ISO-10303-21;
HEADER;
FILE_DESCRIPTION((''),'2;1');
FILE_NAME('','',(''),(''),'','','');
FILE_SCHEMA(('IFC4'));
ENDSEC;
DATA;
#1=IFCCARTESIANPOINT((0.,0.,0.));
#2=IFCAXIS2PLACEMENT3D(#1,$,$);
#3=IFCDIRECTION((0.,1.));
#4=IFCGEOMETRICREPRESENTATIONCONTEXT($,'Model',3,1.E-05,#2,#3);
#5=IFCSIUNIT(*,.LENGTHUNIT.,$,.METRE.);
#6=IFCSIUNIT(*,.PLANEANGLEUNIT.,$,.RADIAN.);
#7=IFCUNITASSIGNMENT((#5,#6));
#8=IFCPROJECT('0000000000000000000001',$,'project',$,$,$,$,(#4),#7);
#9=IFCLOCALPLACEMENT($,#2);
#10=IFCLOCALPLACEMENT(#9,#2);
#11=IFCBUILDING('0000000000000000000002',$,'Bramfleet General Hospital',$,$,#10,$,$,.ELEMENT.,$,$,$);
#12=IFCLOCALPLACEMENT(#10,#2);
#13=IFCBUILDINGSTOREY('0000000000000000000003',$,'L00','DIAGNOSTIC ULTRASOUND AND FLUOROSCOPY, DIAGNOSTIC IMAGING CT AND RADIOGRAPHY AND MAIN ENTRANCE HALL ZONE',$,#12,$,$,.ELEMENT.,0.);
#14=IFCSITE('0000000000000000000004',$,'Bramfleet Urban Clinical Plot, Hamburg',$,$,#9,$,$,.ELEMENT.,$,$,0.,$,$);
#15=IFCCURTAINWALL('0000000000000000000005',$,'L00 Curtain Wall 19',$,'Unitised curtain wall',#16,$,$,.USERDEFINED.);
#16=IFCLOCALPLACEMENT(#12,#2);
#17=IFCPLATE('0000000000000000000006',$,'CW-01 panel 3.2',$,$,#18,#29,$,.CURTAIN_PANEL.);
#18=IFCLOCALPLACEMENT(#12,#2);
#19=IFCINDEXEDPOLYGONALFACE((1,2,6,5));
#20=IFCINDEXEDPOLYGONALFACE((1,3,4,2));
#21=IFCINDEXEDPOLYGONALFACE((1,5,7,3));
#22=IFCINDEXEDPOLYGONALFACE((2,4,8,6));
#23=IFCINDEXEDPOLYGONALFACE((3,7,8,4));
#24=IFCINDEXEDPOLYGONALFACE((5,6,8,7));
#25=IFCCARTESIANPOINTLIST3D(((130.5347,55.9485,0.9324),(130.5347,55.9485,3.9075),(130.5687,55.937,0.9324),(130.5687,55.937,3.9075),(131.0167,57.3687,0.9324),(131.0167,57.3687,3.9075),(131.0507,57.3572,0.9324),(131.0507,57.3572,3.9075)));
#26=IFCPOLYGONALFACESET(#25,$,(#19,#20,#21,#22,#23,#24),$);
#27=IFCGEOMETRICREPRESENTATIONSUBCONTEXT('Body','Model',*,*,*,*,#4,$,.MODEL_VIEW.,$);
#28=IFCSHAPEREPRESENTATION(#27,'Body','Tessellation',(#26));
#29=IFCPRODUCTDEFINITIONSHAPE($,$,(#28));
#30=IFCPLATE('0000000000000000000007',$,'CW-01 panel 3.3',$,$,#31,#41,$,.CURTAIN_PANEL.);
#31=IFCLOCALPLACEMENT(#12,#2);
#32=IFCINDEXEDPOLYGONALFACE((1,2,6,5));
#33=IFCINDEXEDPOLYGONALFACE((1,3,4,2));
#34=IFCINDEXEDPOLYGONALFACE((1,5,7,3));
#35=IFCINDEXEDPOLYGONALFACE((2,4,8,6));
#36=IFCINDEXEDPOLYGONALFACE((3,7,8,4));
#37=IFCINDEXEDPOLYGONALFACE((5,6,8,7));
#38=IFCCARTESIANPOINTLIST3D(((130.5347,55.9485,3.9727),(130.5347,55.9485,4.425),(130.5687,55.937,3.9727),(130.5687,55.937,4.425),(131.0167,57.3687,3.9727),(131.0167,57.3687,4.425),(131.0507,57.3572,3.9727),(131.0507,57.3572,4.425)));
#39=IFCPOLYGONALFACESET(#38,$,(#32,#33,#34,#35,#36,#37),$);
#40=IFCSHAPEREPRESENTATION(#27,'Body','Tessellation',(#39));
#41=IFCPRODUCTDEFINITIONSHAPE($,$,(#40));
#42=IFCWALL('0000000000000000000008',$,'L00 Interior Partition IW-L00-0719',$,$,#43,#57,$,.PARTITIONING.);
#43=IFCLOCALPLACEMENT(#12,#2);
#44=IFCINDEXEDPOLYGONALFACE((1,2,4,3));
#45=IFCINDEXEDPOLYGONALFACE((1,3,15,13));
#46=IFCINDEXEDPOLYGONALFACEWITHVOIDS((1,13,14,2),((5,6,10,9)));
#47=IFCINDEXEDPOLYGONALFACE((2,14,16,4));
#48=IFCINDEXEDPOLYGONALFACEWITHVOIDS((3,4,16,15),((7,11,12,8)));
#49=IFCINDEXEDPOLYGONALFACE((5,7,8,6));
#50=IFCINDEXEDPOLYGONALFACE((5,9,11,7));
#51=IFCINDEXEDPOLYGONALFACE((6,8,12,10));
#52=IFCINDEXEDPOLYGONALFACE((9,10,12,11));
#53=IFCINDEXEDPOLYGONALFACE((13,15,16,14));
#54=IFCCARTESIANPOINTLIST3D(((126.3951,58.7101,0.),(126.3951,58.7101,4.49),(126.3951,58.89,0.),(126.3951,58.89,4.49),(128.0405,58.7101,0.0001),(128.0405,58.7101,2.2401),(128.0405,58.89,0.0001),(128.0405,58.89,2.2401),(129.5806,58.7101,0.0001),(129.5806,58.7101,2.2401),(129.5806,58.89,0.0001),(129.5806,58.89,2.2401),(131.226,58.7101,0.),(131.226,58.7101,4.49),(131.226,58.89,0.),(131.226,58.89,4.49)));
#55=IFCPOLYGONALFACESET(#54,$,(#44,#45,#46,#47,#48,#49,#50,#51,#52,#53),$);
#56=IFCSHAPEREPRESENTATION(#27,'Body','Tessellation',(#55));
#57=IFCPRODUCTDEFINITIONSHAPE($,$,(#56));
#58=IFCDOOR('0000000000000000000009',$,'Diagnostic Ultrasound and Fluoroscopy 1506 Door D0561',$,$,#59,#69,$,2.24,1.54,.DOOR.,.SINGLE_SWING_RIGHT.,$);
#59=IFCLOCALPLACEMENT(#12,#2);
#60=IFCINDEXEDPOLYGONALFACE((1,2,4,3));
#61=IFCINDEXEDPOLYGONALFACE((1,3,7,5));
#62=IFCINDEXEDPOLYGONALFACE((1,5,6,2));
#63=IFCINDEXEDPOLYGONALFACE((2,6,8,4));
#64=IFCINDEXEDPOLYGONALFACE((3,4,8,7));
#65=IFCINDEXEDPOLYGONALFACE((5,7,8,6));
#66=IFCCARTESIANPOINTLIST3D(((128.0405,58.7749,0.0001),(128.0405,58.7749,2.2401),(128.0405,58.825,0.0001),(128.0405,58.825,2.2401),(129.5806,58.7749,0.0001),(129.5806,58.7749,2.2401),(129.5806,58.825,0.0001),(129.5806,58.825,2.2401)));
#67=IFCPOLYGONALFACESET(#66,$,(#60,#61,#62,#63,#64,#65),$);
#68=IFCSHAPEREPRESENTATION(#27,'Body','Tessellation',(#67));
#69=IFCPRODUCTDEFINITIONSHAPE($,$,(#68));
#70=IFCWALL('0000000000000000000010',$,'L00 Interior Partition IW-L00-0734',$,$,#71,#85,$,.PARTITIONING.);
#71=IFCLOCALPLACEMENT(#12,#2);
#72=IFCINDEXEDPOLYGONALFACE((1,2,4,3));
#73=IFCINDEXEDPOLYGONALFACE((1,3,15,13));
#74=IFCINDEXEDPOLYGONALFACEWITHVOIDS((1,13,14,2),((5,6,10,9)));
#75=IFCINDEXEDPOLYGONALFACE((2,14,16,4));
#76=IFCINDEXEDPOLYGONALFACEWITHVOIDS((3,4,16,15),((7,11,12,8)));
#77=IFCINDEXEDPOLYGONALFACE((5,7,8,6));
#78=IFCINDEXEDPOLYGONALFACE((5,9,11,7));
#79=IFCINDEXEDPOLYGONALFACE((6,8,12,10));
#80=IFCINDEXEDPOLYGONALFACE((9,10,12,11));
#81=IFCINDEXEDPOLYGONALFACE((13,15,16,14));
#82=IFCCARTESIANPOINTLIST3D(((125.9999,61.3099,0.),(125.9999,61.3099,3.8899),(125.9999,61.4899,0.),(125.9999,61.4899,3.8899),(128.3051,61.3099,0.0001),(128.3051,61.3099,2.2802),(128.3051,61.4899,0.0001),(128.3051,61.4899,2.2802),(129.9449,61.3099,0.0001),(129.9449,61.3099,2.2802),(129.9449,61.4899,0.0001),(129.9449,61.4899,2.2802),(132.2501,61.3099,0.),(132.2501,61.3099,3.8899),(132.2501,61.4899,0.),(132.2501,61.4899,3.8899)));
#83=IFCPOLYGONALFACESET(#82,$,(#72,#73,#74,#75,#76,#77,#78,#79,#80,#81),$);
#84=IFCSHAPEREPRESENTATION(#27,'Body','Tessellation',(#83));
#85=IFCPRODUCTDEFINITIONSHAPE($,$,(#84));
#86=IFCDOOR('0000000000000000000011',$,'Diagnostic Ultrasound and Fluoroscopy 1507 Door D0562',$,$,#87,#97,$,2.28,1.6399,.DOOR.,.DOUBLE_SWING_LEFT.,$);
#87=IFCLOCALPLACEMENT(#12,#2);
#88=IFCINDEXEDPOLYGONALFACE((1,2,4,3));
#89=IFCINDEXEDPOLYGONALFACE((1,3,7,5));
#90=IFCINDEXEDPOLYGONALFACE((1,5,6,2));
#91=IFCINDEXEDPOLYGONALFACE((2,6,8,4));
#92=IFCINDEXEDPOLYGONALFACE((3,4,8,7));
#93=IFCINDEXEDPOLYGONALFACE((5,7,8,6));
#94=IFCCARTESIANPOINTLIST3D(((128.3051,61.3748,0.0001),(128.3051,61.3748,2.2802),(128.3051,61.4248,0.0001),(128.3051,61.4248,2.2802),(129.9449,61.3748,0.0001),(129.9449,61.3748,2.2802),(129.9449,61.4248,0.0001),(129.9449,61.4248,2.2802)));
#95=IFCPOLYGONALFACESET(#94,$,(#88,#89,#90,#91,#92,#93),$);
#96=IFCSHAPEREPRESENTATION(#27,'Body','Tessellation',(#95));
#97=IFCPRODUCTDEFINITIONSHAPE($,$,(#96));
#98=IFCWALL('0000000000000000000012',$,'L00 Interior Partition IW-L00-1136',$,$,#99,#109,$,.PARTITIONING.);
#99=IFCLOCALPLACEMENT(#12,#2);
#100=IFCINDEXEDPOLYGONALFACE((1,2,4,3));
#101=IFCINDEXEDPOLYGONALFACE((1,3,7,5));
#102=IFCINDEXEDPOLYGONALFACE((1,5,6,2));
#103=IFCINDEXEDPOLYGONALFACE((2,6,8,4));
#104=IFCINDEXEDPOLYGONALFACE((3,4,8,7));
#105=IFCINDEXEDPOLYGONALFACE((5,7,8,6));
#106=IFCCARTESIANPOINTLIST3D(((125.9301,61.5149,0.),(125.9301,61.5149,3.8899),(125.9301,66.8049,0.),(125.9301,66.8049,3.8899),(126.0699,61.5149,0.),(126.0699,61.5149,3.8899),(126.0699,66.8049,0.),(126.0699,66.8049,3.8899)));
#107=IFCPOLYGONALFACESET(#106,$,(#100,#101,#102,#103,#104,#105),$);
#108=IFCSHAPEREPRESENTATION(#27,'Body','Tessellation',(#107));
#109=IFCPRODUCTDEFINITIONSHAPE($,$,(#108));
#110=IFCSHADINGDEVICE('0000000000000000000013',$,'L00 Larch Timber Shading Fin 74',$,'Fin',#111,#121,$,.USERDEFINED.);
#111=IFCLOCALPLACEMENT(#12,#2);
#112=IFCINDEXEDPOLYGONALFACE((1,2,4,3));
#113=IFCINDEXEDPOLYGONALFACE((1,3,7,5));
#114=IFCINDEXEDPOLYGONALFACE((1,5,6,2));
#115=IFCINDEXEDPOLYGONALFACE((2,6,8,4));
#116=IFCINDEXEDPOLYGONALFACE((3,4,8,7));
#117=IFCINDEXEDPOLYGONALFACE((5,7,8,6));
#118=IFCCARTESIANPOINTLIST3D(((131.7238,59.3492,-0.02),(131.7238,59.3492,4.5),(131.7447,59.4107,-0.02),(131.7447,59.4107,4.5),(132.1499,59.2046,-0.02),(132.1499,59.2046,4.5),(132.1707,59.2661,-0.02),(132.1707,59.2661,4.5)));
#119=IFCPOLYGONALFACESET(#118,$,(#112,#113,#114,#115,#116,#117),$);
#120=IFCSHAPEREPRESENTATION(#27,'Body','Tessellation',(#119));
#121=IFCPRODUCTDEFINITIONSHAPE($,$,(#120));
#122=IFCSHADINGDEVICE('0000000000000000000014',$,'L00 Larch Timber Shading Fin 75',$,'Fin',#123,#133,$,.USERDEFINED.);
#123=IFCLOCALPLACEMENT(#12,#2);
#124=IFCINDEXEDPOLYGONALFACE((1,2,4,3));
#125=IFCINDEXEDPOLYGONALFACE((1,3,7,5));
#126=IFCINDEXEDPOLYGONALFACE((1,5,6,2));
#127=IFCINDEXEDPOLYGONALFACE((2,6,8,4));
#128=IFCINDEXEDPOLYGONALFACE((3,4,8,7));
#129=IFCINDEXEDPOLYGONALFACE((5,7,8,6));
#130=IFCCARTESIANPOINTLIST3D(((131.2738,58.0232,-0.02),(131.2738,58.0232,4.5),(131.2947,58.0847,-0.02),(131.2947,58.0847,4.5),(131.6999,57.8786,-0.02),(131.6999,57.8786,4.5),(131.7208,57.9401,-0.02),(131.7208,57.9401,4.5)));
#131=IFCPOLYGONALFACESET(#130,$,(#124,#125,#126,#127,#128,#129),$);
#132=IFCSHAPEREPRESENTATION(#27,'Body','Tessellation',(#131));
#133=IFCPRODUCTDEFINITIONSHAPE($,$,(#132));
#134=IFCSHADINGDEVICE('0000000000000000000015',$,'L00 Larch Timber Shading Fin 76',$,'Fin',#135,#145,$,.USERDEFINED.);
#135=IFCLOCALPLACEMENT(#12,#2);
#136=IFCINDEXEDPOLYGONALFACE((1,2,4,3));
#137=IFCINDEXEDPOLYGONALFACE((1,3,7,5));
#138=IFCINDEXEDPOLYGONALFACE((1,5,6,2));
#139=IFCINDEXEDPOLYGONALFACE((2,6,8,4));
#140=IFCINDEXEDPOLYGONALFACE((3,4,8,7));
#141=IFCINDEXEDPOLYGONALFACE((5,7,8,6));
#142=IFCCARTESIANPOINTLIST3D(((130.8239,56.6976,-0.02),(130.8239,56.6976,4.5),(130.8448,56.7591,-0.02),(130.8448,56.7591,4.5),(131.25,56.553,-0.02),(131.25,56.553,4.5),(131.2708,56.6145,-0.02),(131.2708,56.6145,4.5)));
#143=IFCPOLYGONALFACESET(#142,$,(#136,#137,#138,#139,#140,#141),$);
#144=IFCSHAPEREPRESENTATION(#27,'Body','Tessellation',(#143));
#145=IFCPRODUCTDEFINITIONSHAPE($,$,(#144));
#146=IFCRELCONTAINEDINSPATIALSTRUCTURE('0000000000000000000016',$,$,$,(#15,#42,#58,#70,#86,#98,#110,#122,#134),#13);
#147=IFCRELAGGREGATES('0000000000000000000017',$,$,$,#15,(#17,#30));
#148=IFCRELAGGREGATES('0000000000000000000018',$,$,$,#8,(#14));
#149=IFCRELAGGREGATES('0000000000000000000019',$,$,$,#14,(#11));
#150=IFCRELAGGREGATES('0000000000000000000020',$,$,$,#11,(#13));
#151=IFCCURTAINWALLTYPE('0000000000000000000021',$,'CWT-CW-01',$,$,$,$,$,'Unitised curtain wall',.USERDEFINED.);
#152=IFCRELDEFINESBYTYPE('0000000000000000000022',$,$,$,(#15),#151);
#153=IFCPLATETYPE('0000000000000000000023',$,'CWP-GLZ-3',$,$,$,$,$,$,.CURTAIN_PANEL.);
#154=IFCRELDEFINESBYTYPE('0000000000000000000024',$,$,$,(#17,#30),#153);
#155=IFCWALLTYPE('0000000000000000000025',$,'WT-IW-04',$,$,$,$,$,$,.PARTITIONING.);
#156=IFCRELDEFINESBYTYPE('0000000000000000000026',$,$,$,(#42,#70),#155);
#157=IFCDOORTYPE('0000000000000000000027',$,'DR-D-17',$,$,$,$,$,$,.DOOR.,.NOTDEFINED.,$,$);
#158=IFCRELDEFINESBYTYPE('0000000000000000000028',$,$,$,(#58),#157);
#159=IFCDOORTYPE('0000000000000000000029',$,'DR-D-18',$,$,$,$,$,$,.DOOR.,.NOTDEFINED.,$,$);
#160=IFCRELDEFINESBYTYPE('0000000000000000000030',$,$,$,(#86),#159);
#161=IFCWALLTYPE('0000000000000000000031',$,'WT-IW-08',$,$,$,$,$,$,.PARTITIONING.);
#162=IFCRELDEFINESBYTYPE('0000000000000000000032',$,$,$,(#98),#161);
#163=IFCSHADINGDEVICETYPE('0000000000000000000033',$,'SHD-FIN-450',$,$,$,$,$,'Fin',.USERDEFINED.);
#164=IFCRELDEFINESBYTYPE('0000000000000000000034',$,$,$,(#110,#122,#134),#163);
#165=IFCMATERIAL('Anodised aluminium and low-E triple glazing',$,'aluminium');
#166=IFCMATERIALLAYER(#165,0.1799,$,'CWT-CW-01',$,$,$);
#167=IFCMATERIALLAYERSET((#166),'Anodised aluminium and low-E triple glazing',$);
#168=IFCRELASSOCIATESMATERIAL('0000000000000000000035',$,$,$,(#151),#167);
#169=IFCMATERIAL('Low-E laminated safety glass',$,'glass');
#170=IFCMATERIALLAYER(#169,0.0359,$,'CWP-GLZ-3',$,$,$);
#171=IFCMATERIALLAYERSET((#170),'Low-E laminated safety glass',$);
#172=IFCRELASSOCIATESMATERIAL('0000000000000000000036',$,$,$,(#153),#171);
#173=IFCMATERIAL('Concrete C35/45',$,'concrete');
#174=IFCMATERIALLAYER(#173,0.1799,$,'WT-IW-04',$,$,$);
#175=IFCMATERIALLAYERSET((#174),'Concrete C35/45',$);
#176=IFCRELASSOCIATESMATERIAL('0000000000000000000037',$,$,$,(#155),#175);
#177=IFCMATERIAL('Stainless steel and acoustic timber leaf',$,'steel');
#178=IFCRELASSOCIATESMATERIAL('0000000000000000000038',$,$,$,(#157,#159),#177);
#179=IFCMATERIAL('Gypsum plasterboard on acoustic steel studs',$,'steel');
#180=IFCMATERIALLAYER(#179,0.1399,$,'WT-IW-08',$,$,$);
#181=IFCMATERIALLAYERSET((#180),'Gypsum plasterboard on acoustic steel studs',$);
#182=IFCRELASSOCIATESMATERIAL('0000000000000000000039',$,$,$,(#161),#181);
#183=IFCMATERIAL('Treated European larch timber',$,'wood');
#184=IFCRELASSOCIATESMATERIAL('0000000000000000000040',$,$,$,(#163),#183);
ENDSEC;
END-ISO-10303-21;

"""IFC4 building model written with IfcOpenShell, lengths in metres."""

from ifc_helpers import new_model, si_unit, direction, frame, frame_2d, origin, origin_2d, place, context, subcontext, project, spatial, rectangle, extrude, material, layer, layer_set, material_profile, profile_set, type_object, element, fill, aggregate, save


model = new_model("IFC4")

# Units and contexts
model_context = context("Model", 3, precision=1e-05, world=origin(), true_north=direction((0.0, 1.0)))
body_context = subcontext(model_context, "Body", "Model", "MODEL_VIEW")
ifc_project = project(units=[si_unit("LENGTHUNIT", "METRE"), si_unit("PLANEANGLEUNIT", "RADIAN")], contexts=[model_context])

# Site, building, storey
site_placement = place(None, origin())
site = spatial("IfcSite", under=ifc_project, at=site_placement, Name="Bramfleet Urban Clinical Plot, Hamburg", CompositionType="ELEMENT", RefElevation=0.0)
building_placement = place(site_placement, origin())
building = spatial("IfcBuilding", under=site, at=building_placement, Name="Bramfleet General Hospital", CompositionType="ELEMENT")
storey_placement = place(building_placement, origin())
storey = spatial("IfcBuildingStorey", under=building, at=storey_placement, Name="L00", Description="DIAGNOSTIC ULTRASOUND AND FLUOROSCOPY, DIAGNOSTIC IMAGING CT AND RADIOGRAPHY AND MAIN ENTRANCE HALL ZONE", CompositionType="ELEMENT", Elevation=0.0)

# Shared definitions
ifc_material_1 = material(Name="Concrete C35/45", Category="concrete")

# Curtain wall
ifc_material_2 = material(Name="Anodised aluminium and low-E triple glazing", Category="aluminium")
ifc_layer_1 = layer(ifc_material_2, 0.1799, Name="CWT-CW-01")
ifc_layer_set_1 = layer_set([ifc_layer_1], Name="Anodised aluminium and low-E triple glazing")
curtain_wall_type_1 = type_object("IfcCurtainWallType", Name="CWT-CW-01", ElementType="Unitised curtain wall", PredefinedType="USERDEFINED", material=ifc_layer_set_1)
curtain_wall_1_placement = place(storey_placement, origin())
curtain_wall_1 = element("IfcCurtainWall", 1, at=curtain_wall_1_placement, inside=storey, type_object=curtain_wall_type_1, Name="L00 Curtain Wall 19", ObjectType="Unitised curtain wall", PredefinedType="USERDEFINED")

# Shared definitions
ifc_material_3 = material(Name="Low-E laminated safety glass", Category="glass")

# Plates
ifc_layer_2 = layer(ifc_material_3, 0.0359, Name="CWP-GLZ-3")
ifc_layer_set_2 = layer_set([ifc_layer_2], Name="Low-E laminated safety glass")
plate_type_1 = type_object("IfcPlateType", Name="CWP-GLZ-3", PredefinedType="CURTAIN_PANEL", material=ifc_layer_set_2)
plate_1_placement = place(storey_placement, frame((130.7927, 56.6528, 0.9324), z_axis=(0.0, 0.0, 1.0), x_axis=(-0.321383, -0.946949, 0.0)))
plate_1 = element("IfcPlate", 2, at=plate_1_placement, type_object=plate_type_1, Name="CW-01 panel 3.2", PredefinedType="CURTAIN_PANEL", context=body_context, shape_type="SweptSolid", body=[
    extrude(rectangle(XDim=1.4998, YDim=0.0359, at=origin_2d()), origin(), (0.0, 0.0, 1.0), 2.9751),
])
plate_2_placement = place(storey_placement, frame((130.7927, 56.6528, 3.9727), z_axis=(0.0, 0.0, 1.0), x_axis=(-0.321383, -0.946949, 0.0)))
plate_2 = element("IfcPlate", 3, at=plate_2_placement, type_object=plate_type_1, Name="CW-01 panel 3.3", PredefinedType="CURTAIN_PANEL", context=body_context, shape_type="SweptSolid", body=[
    extrude(rectangle(XDim=1.4998, YDim=0.0359, at=origin_2d()), origin(), (0.0, 0.0, 1.0), 0.4524),
])
aggregate(curtain_wall_1, [plate_1, plate_2])

# Walls, openings, doors
ifc_layer_3 = layer(ifc_material_1, 0.1799, Name="WT-IW-04")
ifc_layer_set_3 = layer_set([ifc_layer_3], Name="Concrete C35/45")
wall_type_1 = type_object("IfcWallType", Name="WT-IW-04", PredefinedType="PARTITIONING", material=ifc_layer_set_3)
wall_1_placement = place(storey_placement, frame((126.395, 58.8, 0.0), z_axis=(0.0, 0.0, 1.0), x_axis=(1.0, 0.0, 0.0)))
wall_1 = element("IfcWall", 4, at=wall_1_placement, inside=storey, type_object=wall_type_1, Name="L00 Interior Partition IW-L00-0719", PredefinedType="PARTITIONING", context=body_context, shape_type="SweptSolid", body=[
    extrude(rectangle(XDim=4.8308, YDim=0.1799, at=frame_2d((2.4155, 0.0))), origin(), (0.0, 0.0, 1.0), 4.49),
])
opening_1_placement = place(wall_1_placement, frame((1.6455, 0.0, 0.0)))
opening_1 = element("IfcOpeningElement", 5, at=opening_1_placement, cuts=wall_1, PredefinedType="OPENING", context=body_context, shape_type="SweptSolid", body=[
    extrude(rectangle(XDim=1.54, YDim=2.24, at=frame_2d((0.77, 1.1201))), frame((0.0, 0.0999, 0.0), z_axis=(0.0, -1.0, 0.0), x_axis=(1.0, 0.0, 0.0)), (0.0, 0.0, 1.0), 0.2),
])
ifc_material_4 = material(Name="Stainless steel and acoustic timber leaf", Category="steel")
door_type_1 = type_object("IfcDoorType", Name="DR-D-17", OperationType="NOTDEFINED", PredefinedType="DOOR", material=ifc_material_4)
door_1_placement = place(opening_1_placement, origin())
door_1 = element("IfcDoor", 6, at=door_1_placement, inside=storey, type_object=door_type_1, Name="Diagnostic Ultrasound and Fluoroscopy 1506 Door D0561", OperationType="SINGLE_SWING_RIGHT", OverallHeight=2.24, OverallWidth=1.54, PredefinedType="DOOR", context=body_context, shape_type="SweptSolid", body=[
    extrude(rectangle(XDim=1.54, YDim=2.24, at=frame_2d((0.77, 1.1201))), frame((0.0, 0.0249, 0.0), z_axis=(0.0, -1.0, 0.0), x_axis=(1.0, 0.0, 0.0)), (0.0, 0.0, 1.0), 0.05),
])
fill(opening_1, door_1)
wall_2_placement = place(storey_placement, frame((126.0, 61.3999, 0.0), z_axis=(0.0, 0.0, 1.0), x_axis=(1.0, 0.0, 0.0)))
wall_2 = element("IfcWall", 7, at=wall_2_placement, inside=storey, type_object=wall_type_1, Name="L00 Interior Partition IW-L00-0734", PredefinedType="PARTITIONING", context=body_context, shape_type="SweptSolid", body=[
    extrude(rectangle(XDim=6.2502, YDim=0.1799, at=frame_2d((3.125, 0.0))), origin(), (0.0, 0.0, 1.0), 3.8899),
])
opening_2_placement = place(wall_2_placement, frame((2.3052, 0.0, 0.0)))
opening_2 = element("IfcOpeningElement", 8, at=opening_2_placement, cuts=wall_2, PredefinedType="OPENING", context=body_context, shape_type="SweptSolid", body=[
    extrude(rectangle(XDim=1.6399, YDim=2.28, at=frame_2d((0.8198, 1.1401))), frame((0.0, 0.0999, 0.0), z_axis=(0.0, -1.0, 0.0), x_axis=(1.0, 0.0, 0.0)), (0.0, 0.0, 1.0), 0.2),
])
door_type_2 = type_object("IfcDoorType", Name="DR-D-18", OperationType="NOTDEFINED", PredefinedType="DOOR", material=ifc_material_4)
door_2_placement = place(opening_2_placement, origin())
door_2 = element("IfcDoor", 9, at=door_2_placement, inside=storey, type_object=door_type_2, Name="Diagnostic Ultrasound and Fluoroscopy 1507 Door D0562", OperationType="DOUBLE_SWING_LEFT", OverallHeight=2.28, OverallWidth=1.6399, PredefinedType="DOOR", context=body_context, shape_type="SweptSolid", body=[
    extrude(rectangle(XDim=1.6399, YDim=2.28, at=frame_2d((0.8198, 1.1401))), frame((0.0, 0.0249, 0.0), z_axis=(0.0, -1.0, 0.0), x_axis=(1.0, 0.0, 0.0)), (0.0, 0.0, 1.0), 0.05),
])
fill(opening_2, door_2)

# Wall
ifc_material_5 = material(Name="Gypsum plasterboard on acoustic steel studs", Category="steel")
ifc_layer_4 = layer(ifc_material_5, 0.1399, Name="WT-IW-08")
ifc_layer_set_4 = layer_set([ifc_layer_4], Name="Gypsum plasterboard on acoustic steel studs")
wall_type_2 = type_object("IfcWallType", Name="WT-IW-08", PredefinedType="PARTITIONING", material=ifc_layer_set_4)
wall_3_placement = place(storey_placement, frame((126.0, 61.5149, 0.0), z_axis=(0.0, 0.0, 1.0), x_axis=(0.0, 1.0, 0.0)))
element("IfcWall", 10, at=wall_3_placement, inside=storey, type_object=wall_type_2, Name="L00 Interior Partition IW-L00-1136", PredefinedType="PARTITIONING", context=body_context, shape_type="SweptSolid", body=[
    extrude(rectangle(XDim=5.29, YDim=0.1399, at=frame_2d((2.645, 0.0))), origin(), (0.0, 0.0, 1.0), 3.8899),
])

# Shading devices
ifc_material_6 = material(Name="Treated European larch timber", Category="wood")
ifc_material_profile_1 = material_profile(ifc_material_6, rectangle(XDim=0.0649, YDim=0.45, at=origin_2d()), Name="LARCH FIN 450x65")
ifc_profile_set_1 = profile_set([ifc_material_profile_1], Name="Treated European larch timber")
shading_device_type = type_object("IfcShadingDeviceType", Name="SHD-FIN-450", ElementType="Fin", PredefinedType="USERDEFINED", material=ifc_profile_set_1)
for number, where, z_axis, x_axis, name in (
    (11, (131.9473, 59.3076, -0.02), (0.0, 0.0, 1.0), (-0.321383, -0.946949, 0.0), "L00 Larch Timber Shading Fin 74"),
    (12, (131.4973, 57.9817, -0.02), (0.0, 0.0, 1.0), (-0.321383, -0.946949, 0.0), "L00 Larch Timber Shading Fin 75"),
    (13, (131.0474, 56.656, -0.02), (0.0, 0.0, 1.0), (-0.321383, -0.946949, 0.0), "L00 Larch Timber Shading Fin 76"),
):
    element("IfcShadingDevice", number, at=place(storey_placement, frame(where, z_axis=z_axis, x_axis=x_axis)), inside=storey, type_object=shading_device_type, Name=name, ObjectType="Fin", PredefinedType="USERDEFINED", context=body_context, shape_type="SweptSolid", body=[
        extrude(rectangle(XDim=0.0649, YDim=0.45, at=origin_2d()), origin(), (0.0, 0.0, 1.0), 4.52),
    ])

save(model, "model.ifc")
